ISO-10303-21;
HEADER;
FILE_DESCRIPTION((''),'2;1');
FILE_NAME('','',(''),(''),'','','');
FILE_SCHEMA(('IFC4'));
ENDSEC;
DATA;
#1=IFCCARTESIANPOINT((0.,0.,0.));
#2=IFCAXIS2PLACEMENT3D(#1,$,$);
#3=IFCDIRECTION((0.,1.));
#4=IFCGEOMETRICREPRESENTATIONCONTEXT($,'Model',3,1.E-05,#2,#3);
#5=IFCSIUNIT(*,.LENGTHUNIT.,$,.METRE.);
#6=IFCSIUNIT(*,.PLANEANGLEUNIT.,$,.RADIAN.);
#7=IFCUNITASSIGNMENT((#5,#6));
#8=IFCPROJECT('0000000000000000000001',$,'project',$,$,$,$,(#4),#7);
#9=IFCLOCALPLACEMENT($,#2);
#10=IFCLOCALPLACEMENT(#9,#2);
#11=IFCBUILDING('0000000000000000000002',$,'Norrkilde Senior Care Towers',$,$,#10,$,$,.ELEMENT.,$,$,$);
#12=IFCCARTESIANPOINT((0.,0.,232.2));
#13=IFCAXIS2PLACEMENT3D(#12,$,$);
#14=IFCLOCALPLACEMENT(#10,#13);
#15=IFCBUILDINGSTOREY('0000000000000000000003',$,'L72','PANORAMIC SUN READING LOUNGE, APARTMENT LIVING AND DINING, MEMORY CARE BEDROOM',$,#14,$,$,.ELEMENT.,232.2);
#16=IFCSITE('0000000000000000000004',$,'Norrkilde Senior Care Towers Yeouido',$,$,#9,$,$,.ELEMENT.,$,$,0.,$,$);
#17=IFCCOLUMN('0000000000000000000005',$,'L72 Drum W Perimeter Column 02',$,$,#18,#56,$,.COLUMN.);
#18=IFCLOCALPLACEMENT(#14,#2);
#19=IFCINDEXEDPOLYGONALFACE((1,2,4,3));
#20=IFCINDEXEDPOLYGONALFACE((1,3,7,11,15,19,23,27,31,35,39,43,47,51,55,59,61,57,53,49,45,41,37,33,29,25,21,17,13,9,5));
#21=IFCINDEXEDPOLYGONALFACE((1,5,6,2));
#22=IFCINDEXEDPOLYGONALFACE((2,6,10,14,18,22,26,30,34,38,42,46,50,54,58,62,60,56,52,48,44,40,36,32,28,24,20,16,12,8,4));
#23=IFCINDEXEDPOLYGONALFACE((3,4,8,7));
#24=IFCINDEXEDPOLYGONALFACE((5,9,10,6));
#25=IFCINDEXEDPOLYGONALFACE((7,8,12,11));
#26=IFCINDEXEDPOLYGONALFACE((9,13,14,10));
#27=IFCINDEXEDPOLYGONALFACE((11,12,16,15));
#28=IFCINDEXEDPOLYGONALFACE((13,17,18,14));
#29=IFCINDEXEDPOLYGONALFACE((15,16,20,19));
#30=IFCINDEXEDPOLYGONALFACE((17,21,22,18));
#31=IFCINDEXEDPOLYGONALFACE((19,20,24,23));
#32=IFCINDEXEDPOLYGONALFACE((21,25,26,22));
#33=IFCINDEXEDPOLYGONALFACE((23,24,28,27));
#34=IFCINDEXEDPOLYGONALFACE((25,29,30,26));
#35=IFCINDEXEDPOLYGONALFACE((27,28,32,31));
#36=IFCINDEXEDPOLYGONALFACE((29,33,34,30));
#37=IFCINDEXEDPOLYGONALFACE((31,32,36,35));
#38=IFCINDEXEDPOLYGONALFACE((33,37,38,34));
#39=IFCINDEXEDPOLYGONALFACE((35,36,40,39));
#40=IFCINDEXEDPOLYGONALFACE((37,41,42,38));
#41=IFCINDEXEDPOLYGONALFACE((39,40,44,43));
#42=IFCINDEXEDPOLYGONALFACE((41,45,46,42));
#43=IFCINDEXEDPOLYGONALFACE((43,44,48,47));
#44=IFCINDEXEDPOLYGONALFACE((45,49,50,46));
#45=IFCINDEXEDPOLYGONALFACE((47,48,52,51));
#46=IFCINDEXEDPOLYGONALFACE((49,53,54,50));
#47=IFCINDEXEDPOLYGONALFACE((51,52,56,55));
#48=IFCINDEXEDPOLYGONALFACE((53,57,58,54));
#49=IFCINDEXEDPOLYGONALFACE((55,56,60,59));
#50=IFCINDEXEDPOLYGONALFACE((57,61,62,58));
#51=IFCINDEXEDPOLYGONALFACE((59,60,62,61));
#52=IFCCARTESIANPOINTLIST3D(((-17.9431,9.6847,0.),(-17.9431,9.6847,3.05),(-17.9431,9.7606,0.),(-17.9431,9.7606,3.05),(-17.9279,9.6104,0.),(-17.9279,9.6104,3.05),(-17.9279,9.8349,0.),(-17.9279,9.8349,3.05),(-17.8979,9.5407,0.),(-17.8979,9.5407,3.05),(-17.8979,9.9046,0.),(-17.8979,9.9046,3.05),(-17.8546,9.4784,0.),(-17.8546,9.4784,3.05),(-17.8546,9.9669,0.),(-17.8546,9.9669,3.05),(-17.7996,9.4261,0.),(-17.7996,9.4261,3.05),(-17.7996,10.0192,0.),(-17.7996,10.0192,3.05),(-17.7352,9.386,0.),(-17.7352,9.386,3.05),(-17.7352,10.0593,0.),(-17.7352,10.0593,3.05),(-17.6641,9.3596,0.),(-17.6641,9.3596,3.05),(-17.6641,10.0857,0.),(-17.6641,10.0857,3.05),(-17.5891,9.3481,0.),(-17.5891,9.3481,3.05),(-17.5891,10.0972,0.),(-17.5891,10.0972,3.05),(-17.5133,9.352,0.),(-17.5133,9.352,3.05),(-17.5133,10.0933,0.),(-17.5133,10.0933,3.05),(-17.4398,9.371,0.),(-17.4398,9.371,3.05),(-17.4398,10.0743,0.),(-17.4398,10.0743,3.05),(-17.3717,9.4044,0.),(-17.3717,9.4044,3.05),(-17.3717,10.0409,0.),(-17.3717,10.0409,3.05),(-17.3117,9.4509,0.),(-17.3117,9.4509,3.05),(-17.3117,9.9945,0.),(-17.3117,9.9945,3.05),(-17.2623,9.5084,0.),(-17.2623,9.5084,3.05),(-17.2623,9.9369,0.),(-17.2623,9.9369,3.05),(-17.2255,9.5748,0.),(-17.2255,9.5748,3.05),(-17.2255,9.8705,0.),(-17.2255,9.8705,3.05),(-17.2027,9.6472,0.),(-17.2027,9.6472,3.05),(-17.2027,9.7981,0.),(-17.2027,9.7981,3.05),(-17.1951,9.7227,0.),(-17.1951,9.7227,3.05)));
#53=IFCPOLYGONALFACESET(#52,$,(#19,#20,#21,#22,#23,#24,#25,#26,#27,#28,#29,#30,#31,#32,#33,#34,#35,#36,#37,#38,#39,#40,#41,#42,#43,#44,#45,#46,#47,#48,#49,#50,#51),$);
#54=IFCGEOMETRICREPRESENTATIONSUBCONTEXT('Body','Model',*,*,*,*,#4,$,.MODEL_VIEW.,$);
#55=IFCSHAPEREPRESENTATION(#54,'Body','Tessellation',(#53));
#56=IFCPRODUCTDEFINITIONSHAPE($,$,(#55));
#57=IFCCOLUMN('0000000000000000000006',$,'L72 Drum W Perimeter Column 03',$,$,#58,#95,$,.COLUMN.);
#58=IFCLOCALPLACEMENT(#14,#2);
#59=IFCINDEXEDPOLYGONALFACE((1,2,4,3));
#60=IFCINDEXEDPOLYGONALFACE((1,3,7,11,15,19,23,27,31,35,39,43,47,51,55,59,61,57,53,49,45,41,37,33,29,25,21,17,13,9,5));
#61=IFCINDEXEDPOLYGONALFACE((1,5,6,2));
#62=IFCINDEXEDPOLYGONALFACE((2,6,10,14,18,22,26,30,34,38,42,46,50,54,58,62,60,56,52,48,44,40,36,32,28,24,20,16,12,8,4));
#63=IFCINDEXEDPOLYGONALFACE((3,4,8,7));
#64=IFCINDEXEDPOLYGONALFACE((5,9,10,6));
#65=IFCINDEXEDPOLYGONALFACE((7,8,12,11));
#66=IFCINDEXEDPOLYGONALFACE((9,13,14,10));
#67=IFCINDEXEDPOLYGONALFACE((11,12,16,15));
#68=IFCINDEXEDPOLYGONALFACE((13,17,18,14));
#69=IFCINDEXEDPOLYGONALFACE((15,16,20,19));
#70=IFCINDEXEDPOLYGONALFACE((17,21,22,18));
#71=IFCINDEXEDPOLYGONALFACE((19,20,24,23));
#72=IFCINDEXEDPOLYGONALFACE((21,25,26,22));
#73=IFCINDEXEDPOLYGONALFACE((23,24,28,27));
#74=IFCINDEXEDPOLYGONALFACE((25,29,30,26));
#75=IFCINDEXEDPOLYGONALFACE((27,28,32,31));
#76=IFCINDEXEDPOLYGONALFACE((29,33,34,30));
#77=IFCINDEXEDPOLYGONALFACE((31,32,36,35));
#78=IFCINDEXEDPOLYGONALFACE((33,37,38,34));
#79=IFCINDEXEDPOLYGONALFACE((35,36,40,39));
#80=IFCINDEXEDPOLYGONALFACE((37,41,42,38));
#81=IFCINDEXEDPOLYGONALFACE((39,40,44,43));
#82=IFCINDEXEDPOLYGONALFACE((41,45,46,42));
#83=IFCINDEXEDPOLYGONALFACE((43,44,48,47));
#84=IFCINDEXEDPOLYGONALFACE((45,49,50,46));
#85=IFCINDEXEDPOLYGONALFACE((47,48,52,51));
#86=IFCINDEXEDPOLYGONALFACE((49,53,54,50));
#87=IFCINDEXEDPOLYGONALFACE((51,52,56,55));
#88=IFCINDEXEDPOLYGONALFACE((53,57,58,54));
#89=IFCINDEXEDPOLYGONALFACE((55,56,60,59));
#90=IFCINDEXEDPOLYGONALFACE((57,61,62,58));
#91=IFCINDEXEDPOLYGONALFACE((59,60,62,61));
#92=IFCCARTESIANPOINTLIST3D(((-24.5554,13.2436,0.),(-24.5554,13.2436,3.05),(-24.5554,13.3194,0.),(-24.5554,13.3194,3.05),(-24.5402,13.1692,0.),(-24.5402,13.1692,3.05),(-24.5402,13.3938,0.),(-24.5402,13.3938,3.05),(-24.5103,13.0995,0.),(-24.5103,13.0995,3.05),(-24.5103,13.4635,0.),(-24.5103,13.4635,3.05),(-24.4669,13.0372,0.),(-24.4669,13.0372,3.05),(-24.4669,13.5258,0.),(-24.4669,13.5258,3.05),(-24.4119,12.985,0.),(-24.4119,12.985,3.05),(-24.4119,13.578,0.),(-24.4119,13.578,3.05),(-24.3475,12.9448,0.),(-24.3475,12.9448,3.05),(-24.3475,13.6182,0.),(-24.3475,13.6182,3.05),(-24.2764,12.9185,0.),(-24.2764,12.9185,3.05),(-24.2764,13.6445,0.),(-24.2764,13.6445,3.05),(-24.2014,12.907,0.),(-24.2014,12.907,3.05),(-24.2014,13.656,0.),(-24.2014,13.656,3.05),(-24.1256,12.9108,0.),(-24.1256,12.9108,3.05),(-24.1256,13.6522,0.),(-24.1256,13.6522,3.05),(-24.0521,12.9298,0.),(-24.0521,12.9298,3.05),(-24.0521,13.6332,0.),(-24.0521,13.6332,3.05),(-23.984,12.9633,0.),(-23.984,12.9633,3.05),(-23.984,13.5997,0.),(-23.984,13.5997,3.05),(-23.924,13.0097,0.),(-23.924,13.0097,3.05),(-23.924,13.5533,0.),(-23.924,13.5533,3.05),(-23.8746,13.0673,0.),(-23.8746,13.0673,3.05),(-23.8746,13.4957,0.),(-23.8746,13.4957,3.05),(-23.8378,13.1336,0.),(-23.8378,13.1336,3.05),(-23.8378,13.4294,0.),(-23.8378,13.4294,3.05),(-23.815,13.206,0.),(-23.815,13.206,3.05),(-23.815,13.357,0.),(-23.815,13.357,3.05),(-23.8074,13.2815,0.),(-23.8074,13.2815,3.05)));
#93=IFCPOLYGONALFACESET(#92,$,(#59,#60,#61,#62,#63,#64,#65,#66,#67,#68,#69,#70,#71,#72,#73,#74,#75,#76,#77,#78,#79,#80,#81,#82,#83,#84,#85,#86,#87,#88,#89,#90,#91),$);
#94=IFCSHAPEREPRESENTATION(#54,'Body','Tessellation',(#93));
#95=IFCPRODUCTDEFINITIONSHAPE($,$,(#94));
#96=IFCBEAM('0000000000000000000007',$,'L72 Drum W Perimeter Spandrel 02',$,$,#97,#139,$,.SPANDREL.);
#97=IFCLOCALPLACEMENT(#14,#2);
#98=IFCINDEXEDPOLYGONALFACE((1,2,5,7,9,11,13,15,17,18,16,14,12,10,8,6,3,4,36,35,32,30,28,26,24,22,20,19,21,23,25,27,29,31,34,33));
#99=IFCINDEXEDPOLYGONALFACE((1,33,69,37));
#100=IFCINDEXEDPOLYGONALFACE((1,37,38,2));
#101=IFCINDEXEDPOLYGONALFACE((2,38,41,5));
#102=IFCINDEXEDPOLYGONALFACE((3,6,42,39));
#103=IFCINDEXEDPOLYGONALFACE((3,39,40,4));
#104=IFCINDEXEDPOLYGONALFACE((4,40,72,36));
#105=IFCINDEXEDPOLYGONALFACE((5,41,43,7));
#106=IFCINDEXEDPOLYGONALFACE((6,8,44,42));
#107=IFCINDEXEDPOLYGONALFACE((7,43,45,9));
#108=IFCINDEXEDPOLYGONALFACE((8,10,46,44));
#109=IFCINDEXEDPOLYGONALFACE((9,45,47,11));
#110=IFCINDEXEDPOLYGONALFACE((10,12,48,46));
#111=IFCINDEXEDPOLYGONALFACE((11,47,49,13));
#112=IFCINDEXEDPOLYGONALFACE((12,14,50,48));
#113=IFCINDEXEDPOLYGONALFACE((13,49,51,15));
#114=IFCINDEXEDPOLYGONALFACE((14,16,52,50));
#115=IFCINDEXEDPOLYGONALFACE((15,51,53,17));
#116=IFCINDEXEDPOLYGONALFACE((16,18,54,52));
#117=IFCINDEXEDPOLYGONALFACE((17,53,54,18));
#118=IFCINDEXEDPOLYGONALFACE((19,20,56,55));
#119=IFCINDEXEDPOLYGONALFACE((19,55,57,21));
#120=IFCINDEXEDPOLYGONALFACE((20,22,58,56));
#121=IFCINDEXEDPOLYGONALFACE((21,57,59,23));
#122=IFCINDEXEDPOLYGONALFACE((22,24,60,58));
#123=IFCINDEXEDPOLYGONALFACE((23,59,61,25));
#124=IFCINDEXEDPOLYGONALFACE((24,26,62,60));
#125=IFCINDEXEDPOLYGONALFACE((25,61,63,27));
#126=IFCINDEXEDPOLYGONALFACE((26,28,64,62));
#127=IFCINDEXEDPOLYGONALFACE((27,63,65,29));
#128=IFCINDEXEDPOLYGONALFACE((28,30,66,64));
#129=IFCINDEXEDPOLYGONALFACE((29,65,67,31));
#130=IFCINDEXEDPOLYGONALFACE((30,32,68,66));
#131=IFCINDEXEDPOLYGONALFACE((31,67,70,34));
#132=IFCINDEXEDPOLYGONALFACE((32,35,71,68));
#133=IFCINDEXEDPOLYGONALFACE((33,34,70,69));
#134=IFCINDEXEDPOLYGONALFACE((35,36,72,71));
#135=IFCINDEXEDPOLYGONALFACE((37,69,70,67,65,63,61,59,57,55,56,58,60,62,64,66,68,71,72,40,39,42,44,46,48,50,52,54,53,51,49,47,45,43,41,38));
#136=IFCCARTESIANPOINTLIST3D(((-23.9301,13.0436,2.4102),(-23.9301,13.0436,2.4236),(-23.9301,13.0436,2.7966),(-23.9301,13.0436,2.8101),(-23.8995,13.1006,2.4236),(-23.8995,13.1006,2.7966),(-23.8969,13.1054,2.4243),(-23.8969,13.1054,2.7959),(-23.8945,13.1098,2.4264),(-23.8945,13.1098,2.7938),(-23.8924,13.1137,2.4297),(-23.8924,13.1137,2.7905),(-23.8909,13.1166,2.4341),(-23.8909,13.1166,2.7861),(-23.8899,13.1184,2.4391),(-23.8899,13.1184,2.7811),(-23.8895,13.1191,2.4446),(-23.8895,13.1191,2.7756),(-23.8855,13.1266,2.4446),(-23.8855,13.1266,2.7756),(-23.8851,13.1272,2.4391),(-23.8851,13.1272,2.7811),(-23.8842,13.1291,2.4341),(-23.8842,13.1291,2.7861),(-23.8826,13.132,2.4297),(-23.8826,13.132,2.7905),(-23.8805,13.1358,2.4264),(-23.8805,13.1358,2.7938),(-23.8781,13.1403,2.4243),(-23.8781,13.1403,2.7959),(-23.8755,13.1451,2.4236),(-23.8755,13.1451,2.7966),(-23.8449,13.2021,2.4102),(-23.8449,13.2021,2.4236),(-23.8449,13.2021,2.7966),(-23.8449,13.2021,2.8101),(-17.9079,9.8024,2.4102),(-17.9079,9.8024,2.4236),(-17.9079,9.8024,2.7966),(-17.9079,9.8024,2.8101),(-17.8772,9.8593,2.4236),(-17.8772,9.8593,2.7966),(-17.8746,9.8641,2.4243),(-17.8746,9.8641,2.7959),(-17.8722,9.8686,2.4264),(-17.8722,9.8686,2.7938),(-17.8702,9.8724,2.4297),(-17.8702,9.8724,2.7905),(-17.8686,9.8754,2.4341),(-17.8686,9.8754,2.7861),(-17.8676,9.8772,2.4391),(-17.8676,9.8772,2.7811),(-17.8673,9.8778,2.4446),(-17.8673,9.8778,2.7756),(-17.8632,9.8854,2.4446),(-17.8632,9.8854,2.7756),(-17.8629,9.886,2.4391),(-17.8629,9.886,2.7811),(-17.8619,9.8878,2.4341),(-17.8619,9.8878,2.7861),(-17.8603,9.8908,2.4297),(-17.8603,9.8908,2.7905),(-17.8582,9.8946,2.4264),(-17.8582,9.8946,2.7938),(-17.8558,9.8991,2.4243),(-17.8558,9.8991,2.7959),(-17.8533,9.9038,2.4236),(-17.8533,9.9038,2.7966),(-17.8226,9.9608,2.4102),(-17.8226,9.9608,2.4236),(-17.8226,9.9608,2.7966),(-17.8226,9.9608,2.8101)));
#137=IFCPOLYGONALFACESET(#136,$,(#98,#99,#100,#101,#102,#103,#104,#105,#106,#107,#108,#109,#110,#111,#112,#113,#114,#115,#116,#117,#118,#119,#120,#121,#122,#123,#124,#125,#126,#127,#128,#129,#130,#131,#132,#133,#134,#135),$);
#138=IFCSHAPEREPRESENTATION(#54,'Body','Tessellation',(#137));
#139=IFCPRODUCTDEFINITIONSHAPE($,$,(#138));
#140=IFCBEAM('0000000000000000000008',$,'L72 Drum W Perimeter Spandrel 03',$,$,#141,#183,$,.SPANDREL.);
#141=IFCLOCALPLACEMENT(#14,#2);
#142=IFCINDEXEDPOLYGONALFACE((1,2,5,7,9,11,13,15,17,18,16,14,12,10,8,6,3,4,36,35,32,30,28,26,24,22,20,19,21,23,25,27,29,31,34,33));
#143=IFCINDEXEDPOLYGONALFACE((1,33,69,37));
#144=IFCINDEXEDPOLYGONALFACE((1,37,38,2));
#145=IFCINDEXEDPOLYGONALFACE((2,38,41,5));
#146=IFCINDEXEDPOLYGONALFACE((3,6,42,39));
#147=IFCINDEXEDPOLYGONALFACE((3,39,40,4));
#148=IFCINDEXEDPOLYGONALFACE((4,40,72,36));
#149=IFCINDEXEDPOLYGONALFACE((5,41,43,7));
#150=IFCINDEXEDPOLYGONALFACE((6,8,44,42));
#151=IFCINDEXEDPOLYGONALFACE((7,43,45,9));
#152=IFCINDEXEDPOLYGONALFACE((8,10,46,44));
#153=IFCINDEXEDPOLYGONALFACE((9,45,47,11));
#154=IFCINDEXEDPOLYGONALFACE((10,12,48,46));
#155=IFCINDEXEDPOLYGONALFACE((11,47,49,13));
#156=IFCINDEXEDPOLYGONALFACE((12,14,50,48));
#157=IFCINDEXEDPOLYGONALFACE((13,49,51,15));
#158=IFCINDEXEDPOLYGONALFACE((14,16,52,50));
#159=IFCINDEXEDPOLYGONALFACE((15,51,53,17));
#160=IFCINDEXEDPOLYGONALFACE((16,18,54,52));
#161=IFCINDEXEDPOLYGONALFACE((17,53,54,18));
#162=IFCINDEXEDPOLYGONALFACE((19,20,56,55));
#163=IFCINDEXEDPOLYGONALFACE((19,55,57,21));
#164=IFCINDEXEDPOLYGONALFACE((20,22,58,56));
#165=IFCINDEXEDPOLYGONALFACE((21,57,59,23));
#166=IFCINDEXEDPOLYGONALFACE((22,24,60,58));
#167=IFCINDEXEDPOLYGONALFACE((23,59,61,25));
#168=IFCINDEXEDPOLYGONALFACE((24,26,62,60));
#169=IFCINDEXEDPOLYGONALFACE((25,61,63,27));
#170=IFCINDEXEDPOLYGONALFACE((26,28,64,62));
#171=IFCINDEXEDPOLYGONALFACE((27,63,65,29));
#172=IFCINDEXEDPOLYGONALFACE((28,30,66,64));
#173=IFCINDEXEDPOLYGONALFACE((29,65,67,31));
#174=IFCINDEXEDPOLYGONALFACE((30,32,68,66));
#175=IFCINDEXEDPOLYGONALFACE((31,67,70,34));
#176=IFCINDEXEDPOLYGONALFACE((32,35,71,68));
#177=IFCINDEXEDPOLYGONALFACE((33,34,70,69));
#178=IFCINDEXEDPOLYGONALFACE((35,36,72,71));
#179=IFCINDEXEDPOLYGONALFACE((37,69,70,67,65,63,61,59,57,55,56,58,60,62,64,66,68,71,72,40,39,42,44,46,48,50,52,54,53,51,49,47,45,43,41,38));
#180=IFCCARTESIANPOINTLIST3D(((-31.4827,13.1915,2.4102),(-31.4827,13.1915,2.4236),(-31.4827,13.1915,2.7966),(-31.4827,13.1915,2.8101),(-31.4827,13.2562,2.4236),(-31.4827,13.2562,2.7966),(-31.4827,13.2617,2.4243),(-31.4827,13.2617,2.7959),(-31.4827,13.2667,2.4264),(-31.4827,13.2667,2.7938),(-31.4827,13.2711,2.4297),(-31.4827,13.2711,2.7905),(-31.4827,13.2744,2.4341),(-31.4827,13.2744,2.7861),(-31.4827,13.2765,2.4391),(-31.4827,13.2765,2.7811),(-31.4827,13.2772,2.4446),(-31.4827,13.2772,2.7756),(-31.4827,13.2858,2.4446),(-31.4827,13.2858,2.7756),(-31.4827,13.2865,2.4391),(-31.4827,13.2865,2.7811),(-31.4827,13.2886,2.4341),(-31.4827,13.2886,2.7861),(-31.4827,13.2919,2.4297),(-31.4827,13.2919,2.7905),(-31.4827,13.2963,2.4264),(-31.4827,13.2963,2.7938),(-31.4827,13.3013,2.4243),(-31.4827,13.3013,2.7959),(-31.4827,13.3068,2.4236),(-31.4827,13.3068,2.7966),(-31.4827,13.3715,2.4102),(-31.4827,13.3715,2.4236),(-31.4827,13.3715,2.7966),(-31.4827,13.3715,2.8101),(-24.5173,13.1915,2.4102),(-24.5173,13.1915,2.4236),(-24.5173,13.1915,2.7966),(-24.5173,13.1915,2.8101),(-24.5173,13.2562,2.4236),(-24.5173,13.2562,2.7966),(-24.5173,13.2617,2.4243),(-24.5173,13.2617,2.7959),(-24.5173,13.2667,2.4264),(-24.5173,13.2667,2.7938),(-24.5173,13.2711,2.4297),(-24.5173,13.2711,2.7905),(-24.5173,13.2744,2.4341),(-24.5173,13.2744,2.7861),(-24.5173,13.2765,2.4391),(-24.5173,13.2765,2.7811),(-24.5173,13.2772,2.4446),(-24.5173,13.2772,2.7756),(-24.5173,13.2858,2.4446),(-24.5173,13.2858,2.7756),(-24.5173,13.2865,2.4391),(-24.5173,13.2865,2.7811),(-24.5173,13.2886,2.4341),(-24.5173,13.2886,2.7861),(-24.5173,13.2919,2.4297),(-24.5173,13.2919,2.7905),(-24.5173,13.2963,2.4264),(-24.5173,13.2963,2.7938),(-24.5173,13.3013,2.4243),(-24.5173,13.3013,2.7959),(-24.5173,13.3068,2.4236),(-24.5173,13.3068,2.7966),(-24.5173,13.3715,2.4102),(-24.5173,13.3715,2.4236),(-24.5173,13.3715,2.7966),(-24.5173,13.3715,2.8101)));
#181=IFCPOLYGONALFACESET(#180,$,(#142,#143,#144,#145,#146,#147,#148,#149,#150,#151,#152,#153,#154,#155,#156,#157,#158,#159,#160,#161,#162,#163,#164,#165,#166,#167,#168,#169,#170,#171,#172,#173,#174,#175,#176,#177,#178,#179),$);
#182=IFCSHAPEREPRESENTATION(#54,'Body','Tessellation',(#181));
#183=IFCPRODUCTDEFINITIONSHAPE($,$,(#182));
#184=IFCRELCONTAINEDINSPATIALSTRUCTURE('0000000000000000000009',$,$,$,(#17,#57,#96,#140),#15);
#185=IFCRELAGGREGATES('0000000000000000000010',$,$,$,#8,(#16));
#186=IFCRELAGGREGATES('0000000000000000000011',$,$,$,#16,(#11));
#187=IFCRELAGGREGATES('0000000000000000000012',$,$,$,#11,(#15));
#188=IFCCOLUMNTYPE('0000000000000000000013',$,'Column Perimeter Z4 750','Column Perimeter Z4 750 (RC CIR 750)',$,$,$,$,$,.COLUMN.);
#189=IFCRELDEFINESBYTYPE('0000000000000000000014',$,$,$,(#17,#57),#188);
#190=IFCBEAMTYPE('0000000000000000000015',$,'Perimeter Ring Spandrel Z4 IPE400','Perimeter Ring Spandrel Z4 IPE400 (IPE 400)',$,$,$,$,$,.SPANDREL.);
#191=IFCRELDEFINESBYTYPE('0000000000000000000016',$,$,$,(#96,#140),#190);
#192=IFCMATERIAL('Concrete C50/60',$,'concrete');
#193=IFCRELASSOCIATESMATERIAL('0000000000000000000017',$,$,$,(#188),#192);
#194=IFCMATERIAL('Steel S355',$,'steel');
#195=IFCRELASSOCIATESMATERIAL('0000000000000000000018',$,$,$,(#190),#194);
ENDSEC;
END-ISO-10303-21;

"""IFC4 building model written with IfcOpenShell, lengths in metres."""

from ifc_helpers import new_model, si_unit, direction, frame, origin, origin_2d, place, context, subcontext, project, spatial, circle, i_section, extrude, source, transform, mapped, material, material_profile, profile_set, type_object, type_shapes, element, save


model = new_model("IFC4")

# Units and contexts
model_context = context("Model", 3, precision=1e-05, world=origin(), true_north=direction((0.0, 1.0)))
body_context = subcontext(model_context, "Body", "Model", "MODEL_VIEW")
ifc_project = project(units=[si_unit("LENGTHUNIT", "METRE"), si_unit("PLANEANGLEUNIT", "RADIAN")], contexts=[model_context])

# Site, building, storey
site_placement = place(None, origin())
site = spatial("IfcSite", under=ifc_project, at=site_placement, Name="Norrkilde Senior Care Towers Yeouido", CompositionType="ELEMENT", RefElevation=0.0)
building_placement = place(site_placement, origin())
building = spatial("IfcBuilding", under=site, at=building_placement, Name="Norrkilde Senior Care Towers", CompositionType="ELEMENT")
storey_placement = place(building_placement, frame((0.0, 0.0, 232.2)))
storey = spatial("IfcBuildingStorey", under=building, at=storey_placement, Name="L72", Description="PANORAMIC SUN READING LOUNGE, APARTMENT LIVING AND DINING, MEMORY CARE BEDROOM", CompositionType="ELEMENT", Elevation=232.2)

# Columns
ifc_material_1 = material(Name="Concrete C50/60", Category="concrete")
ifc_material_profile_1 = material_profile(ifc_material_1, circle(Radius=0.375, at=origin_2d()), Name="RC CIR 750")
ifc_profile_set_1 = profile_set([ifc_material_profile_1], Name="Concrete C50/60")
column_type = type_object("IfcColumnType", Name="Column Perimeter Z4 750", Description="Column Perimeter Z4 750 (RC CIR 750)", PredefinedType="COLUMN", material=ifc_profile_set_1)
shared_shape_1 = source(origin(), body_context, "Body", "SweptSolid", [
    extrude(circle(Radius=0.375, at=origin_2d()), origin(), (0.0, 0.0, 1.0), 3.05),
])
type_shapes(column_type, [shared_shape_1])
for number, where, z_axis, x_axis, name in (
    (1, (-17.5701, 9.7227, 0.0), (0.0, 0.0, 1.0), (1.0, 0.0, 0.0), "L72 Drum W Perimeter Column 02"),
    (2, (-24.1824, 13.2815, 0.0), (0.0, 0.0, 1.0), (1.0, 0.0, 0.0), "L72 Drum W Perimeter Column 03"),
):
    element("IfcColumn", number, at=place(storey_placement, frame(where, z_axis=z_axis, x_axis=x_axis)), inside=storey, type_object=column_type, Name=name, PredefinedType="COLUMN", context=body_context, shape_type="MappedRepresentation", body=[
        mapped(shared_shape_1, transform((0.0, 0.0, 0.0), x_axis=(1.0, 0.0, 0.0), y_axis=(0.0, 1.0, 0.0), z_axis=(0.0, 0.0, 1.0), scale=1.0)),
    ])

# Beams
ifc_material_2 = material(Name="Steel S355", Category="steel")
ifc_material_profile_2 = material_profile(ifc_material_2, i_section(OverallWidth=0.1799, OverallDepth=0.3999, WebThickness=0.0085, FlangeThickness=0.0134, FilletRadius=0.021, at=origin_2d()), Name="IPE 400")
ifc_profile_set_2 = profile_set([ifc_material_profile_2], Name="Steel S355")
beam_type = type_object("IfcBeamType", Name="Perimeter Ring Spandrel Z4 IPE400", Description="Perimeter Ring Spandrel Z4 IPE400 (IPE 400)", PredefinedType="SPANDREL", material=ifc_profile_set_2)
shared_shape_2 = source(origin(), body_context, "Body", "SweptSolid", [
    extrude(i_section(OverallWidth=0.1799, OverallDepth=0.3999, WebThickness=0.0085, FlangeThickness=0.0134, FilletRadius=0.021, at=origin_2d()), origin(), (0.0, 0.0, 1.0), 6.8391),
])
beam_1_placement = place(storey_placement, frame((-17.8652, 9.8816, 2.6101), z_axis=(-0.880564, 0.473927, 0.0), x_axis=(-0.473927, -0.880564, 0.0)))
element("IfcBeam", 3, at=beam_1_placement, inside=storey, type_object=beam_type, Name="L72 Drum W Perimeter Spandrel 02", PredefinedType="SPANDREL", context=body_context, shape_type="MappedRepresentation", body=[
    mapped(shared_shape_2, transform((0.0, 0.0, 0.0), x_axis=(1.0, 0.0, 0.0), y_axis=(0.0, 1.0, 0.0), z_axis=(0.0, 0.0, 1.0), scale=1.0)),
])
shared_shape_3 = source(origin(), body_context, "Body", "SweptSolid", [
    extrude(i_section(OverallWidth=0.1799, OverallDepth=0.3999, WebThickness=0.0085, FlangeThickness=0.0134, FilletRadius=0.021, at=origin_2d()), origin(), (0.0, 0.0, 1.0), 6.9653),
])
type_shapes(beam_type, [shared_shape_2, shared_shape_3])
beam_2_placement = place(storey_placement, frame((-24.5173, 13.2815, 2.6101), z_axis=(-1.0, 0.0, 0.0), x_axis=(0.0, -1.0, 0.0)))
element("IfcBeam", 4, at=beam_2_placement, inside=storey, type_object=beam_type, Name="L72 Drum W Perimeter Spandrel 03", PredefinedType="SPANDREL", context=body_context, shape_type="MappedRepresentation", body=[
    mapped(shared_shape_3, transform((0.0, 0.0, 0.0), x_axis=(1.0, 0.0, 0.0), y_axis=(0.0, 1.0, 0.0), z_axis=(0.0, 0.0, 1.0), scale=1.0)),
])

save(model, "model.ifc")
